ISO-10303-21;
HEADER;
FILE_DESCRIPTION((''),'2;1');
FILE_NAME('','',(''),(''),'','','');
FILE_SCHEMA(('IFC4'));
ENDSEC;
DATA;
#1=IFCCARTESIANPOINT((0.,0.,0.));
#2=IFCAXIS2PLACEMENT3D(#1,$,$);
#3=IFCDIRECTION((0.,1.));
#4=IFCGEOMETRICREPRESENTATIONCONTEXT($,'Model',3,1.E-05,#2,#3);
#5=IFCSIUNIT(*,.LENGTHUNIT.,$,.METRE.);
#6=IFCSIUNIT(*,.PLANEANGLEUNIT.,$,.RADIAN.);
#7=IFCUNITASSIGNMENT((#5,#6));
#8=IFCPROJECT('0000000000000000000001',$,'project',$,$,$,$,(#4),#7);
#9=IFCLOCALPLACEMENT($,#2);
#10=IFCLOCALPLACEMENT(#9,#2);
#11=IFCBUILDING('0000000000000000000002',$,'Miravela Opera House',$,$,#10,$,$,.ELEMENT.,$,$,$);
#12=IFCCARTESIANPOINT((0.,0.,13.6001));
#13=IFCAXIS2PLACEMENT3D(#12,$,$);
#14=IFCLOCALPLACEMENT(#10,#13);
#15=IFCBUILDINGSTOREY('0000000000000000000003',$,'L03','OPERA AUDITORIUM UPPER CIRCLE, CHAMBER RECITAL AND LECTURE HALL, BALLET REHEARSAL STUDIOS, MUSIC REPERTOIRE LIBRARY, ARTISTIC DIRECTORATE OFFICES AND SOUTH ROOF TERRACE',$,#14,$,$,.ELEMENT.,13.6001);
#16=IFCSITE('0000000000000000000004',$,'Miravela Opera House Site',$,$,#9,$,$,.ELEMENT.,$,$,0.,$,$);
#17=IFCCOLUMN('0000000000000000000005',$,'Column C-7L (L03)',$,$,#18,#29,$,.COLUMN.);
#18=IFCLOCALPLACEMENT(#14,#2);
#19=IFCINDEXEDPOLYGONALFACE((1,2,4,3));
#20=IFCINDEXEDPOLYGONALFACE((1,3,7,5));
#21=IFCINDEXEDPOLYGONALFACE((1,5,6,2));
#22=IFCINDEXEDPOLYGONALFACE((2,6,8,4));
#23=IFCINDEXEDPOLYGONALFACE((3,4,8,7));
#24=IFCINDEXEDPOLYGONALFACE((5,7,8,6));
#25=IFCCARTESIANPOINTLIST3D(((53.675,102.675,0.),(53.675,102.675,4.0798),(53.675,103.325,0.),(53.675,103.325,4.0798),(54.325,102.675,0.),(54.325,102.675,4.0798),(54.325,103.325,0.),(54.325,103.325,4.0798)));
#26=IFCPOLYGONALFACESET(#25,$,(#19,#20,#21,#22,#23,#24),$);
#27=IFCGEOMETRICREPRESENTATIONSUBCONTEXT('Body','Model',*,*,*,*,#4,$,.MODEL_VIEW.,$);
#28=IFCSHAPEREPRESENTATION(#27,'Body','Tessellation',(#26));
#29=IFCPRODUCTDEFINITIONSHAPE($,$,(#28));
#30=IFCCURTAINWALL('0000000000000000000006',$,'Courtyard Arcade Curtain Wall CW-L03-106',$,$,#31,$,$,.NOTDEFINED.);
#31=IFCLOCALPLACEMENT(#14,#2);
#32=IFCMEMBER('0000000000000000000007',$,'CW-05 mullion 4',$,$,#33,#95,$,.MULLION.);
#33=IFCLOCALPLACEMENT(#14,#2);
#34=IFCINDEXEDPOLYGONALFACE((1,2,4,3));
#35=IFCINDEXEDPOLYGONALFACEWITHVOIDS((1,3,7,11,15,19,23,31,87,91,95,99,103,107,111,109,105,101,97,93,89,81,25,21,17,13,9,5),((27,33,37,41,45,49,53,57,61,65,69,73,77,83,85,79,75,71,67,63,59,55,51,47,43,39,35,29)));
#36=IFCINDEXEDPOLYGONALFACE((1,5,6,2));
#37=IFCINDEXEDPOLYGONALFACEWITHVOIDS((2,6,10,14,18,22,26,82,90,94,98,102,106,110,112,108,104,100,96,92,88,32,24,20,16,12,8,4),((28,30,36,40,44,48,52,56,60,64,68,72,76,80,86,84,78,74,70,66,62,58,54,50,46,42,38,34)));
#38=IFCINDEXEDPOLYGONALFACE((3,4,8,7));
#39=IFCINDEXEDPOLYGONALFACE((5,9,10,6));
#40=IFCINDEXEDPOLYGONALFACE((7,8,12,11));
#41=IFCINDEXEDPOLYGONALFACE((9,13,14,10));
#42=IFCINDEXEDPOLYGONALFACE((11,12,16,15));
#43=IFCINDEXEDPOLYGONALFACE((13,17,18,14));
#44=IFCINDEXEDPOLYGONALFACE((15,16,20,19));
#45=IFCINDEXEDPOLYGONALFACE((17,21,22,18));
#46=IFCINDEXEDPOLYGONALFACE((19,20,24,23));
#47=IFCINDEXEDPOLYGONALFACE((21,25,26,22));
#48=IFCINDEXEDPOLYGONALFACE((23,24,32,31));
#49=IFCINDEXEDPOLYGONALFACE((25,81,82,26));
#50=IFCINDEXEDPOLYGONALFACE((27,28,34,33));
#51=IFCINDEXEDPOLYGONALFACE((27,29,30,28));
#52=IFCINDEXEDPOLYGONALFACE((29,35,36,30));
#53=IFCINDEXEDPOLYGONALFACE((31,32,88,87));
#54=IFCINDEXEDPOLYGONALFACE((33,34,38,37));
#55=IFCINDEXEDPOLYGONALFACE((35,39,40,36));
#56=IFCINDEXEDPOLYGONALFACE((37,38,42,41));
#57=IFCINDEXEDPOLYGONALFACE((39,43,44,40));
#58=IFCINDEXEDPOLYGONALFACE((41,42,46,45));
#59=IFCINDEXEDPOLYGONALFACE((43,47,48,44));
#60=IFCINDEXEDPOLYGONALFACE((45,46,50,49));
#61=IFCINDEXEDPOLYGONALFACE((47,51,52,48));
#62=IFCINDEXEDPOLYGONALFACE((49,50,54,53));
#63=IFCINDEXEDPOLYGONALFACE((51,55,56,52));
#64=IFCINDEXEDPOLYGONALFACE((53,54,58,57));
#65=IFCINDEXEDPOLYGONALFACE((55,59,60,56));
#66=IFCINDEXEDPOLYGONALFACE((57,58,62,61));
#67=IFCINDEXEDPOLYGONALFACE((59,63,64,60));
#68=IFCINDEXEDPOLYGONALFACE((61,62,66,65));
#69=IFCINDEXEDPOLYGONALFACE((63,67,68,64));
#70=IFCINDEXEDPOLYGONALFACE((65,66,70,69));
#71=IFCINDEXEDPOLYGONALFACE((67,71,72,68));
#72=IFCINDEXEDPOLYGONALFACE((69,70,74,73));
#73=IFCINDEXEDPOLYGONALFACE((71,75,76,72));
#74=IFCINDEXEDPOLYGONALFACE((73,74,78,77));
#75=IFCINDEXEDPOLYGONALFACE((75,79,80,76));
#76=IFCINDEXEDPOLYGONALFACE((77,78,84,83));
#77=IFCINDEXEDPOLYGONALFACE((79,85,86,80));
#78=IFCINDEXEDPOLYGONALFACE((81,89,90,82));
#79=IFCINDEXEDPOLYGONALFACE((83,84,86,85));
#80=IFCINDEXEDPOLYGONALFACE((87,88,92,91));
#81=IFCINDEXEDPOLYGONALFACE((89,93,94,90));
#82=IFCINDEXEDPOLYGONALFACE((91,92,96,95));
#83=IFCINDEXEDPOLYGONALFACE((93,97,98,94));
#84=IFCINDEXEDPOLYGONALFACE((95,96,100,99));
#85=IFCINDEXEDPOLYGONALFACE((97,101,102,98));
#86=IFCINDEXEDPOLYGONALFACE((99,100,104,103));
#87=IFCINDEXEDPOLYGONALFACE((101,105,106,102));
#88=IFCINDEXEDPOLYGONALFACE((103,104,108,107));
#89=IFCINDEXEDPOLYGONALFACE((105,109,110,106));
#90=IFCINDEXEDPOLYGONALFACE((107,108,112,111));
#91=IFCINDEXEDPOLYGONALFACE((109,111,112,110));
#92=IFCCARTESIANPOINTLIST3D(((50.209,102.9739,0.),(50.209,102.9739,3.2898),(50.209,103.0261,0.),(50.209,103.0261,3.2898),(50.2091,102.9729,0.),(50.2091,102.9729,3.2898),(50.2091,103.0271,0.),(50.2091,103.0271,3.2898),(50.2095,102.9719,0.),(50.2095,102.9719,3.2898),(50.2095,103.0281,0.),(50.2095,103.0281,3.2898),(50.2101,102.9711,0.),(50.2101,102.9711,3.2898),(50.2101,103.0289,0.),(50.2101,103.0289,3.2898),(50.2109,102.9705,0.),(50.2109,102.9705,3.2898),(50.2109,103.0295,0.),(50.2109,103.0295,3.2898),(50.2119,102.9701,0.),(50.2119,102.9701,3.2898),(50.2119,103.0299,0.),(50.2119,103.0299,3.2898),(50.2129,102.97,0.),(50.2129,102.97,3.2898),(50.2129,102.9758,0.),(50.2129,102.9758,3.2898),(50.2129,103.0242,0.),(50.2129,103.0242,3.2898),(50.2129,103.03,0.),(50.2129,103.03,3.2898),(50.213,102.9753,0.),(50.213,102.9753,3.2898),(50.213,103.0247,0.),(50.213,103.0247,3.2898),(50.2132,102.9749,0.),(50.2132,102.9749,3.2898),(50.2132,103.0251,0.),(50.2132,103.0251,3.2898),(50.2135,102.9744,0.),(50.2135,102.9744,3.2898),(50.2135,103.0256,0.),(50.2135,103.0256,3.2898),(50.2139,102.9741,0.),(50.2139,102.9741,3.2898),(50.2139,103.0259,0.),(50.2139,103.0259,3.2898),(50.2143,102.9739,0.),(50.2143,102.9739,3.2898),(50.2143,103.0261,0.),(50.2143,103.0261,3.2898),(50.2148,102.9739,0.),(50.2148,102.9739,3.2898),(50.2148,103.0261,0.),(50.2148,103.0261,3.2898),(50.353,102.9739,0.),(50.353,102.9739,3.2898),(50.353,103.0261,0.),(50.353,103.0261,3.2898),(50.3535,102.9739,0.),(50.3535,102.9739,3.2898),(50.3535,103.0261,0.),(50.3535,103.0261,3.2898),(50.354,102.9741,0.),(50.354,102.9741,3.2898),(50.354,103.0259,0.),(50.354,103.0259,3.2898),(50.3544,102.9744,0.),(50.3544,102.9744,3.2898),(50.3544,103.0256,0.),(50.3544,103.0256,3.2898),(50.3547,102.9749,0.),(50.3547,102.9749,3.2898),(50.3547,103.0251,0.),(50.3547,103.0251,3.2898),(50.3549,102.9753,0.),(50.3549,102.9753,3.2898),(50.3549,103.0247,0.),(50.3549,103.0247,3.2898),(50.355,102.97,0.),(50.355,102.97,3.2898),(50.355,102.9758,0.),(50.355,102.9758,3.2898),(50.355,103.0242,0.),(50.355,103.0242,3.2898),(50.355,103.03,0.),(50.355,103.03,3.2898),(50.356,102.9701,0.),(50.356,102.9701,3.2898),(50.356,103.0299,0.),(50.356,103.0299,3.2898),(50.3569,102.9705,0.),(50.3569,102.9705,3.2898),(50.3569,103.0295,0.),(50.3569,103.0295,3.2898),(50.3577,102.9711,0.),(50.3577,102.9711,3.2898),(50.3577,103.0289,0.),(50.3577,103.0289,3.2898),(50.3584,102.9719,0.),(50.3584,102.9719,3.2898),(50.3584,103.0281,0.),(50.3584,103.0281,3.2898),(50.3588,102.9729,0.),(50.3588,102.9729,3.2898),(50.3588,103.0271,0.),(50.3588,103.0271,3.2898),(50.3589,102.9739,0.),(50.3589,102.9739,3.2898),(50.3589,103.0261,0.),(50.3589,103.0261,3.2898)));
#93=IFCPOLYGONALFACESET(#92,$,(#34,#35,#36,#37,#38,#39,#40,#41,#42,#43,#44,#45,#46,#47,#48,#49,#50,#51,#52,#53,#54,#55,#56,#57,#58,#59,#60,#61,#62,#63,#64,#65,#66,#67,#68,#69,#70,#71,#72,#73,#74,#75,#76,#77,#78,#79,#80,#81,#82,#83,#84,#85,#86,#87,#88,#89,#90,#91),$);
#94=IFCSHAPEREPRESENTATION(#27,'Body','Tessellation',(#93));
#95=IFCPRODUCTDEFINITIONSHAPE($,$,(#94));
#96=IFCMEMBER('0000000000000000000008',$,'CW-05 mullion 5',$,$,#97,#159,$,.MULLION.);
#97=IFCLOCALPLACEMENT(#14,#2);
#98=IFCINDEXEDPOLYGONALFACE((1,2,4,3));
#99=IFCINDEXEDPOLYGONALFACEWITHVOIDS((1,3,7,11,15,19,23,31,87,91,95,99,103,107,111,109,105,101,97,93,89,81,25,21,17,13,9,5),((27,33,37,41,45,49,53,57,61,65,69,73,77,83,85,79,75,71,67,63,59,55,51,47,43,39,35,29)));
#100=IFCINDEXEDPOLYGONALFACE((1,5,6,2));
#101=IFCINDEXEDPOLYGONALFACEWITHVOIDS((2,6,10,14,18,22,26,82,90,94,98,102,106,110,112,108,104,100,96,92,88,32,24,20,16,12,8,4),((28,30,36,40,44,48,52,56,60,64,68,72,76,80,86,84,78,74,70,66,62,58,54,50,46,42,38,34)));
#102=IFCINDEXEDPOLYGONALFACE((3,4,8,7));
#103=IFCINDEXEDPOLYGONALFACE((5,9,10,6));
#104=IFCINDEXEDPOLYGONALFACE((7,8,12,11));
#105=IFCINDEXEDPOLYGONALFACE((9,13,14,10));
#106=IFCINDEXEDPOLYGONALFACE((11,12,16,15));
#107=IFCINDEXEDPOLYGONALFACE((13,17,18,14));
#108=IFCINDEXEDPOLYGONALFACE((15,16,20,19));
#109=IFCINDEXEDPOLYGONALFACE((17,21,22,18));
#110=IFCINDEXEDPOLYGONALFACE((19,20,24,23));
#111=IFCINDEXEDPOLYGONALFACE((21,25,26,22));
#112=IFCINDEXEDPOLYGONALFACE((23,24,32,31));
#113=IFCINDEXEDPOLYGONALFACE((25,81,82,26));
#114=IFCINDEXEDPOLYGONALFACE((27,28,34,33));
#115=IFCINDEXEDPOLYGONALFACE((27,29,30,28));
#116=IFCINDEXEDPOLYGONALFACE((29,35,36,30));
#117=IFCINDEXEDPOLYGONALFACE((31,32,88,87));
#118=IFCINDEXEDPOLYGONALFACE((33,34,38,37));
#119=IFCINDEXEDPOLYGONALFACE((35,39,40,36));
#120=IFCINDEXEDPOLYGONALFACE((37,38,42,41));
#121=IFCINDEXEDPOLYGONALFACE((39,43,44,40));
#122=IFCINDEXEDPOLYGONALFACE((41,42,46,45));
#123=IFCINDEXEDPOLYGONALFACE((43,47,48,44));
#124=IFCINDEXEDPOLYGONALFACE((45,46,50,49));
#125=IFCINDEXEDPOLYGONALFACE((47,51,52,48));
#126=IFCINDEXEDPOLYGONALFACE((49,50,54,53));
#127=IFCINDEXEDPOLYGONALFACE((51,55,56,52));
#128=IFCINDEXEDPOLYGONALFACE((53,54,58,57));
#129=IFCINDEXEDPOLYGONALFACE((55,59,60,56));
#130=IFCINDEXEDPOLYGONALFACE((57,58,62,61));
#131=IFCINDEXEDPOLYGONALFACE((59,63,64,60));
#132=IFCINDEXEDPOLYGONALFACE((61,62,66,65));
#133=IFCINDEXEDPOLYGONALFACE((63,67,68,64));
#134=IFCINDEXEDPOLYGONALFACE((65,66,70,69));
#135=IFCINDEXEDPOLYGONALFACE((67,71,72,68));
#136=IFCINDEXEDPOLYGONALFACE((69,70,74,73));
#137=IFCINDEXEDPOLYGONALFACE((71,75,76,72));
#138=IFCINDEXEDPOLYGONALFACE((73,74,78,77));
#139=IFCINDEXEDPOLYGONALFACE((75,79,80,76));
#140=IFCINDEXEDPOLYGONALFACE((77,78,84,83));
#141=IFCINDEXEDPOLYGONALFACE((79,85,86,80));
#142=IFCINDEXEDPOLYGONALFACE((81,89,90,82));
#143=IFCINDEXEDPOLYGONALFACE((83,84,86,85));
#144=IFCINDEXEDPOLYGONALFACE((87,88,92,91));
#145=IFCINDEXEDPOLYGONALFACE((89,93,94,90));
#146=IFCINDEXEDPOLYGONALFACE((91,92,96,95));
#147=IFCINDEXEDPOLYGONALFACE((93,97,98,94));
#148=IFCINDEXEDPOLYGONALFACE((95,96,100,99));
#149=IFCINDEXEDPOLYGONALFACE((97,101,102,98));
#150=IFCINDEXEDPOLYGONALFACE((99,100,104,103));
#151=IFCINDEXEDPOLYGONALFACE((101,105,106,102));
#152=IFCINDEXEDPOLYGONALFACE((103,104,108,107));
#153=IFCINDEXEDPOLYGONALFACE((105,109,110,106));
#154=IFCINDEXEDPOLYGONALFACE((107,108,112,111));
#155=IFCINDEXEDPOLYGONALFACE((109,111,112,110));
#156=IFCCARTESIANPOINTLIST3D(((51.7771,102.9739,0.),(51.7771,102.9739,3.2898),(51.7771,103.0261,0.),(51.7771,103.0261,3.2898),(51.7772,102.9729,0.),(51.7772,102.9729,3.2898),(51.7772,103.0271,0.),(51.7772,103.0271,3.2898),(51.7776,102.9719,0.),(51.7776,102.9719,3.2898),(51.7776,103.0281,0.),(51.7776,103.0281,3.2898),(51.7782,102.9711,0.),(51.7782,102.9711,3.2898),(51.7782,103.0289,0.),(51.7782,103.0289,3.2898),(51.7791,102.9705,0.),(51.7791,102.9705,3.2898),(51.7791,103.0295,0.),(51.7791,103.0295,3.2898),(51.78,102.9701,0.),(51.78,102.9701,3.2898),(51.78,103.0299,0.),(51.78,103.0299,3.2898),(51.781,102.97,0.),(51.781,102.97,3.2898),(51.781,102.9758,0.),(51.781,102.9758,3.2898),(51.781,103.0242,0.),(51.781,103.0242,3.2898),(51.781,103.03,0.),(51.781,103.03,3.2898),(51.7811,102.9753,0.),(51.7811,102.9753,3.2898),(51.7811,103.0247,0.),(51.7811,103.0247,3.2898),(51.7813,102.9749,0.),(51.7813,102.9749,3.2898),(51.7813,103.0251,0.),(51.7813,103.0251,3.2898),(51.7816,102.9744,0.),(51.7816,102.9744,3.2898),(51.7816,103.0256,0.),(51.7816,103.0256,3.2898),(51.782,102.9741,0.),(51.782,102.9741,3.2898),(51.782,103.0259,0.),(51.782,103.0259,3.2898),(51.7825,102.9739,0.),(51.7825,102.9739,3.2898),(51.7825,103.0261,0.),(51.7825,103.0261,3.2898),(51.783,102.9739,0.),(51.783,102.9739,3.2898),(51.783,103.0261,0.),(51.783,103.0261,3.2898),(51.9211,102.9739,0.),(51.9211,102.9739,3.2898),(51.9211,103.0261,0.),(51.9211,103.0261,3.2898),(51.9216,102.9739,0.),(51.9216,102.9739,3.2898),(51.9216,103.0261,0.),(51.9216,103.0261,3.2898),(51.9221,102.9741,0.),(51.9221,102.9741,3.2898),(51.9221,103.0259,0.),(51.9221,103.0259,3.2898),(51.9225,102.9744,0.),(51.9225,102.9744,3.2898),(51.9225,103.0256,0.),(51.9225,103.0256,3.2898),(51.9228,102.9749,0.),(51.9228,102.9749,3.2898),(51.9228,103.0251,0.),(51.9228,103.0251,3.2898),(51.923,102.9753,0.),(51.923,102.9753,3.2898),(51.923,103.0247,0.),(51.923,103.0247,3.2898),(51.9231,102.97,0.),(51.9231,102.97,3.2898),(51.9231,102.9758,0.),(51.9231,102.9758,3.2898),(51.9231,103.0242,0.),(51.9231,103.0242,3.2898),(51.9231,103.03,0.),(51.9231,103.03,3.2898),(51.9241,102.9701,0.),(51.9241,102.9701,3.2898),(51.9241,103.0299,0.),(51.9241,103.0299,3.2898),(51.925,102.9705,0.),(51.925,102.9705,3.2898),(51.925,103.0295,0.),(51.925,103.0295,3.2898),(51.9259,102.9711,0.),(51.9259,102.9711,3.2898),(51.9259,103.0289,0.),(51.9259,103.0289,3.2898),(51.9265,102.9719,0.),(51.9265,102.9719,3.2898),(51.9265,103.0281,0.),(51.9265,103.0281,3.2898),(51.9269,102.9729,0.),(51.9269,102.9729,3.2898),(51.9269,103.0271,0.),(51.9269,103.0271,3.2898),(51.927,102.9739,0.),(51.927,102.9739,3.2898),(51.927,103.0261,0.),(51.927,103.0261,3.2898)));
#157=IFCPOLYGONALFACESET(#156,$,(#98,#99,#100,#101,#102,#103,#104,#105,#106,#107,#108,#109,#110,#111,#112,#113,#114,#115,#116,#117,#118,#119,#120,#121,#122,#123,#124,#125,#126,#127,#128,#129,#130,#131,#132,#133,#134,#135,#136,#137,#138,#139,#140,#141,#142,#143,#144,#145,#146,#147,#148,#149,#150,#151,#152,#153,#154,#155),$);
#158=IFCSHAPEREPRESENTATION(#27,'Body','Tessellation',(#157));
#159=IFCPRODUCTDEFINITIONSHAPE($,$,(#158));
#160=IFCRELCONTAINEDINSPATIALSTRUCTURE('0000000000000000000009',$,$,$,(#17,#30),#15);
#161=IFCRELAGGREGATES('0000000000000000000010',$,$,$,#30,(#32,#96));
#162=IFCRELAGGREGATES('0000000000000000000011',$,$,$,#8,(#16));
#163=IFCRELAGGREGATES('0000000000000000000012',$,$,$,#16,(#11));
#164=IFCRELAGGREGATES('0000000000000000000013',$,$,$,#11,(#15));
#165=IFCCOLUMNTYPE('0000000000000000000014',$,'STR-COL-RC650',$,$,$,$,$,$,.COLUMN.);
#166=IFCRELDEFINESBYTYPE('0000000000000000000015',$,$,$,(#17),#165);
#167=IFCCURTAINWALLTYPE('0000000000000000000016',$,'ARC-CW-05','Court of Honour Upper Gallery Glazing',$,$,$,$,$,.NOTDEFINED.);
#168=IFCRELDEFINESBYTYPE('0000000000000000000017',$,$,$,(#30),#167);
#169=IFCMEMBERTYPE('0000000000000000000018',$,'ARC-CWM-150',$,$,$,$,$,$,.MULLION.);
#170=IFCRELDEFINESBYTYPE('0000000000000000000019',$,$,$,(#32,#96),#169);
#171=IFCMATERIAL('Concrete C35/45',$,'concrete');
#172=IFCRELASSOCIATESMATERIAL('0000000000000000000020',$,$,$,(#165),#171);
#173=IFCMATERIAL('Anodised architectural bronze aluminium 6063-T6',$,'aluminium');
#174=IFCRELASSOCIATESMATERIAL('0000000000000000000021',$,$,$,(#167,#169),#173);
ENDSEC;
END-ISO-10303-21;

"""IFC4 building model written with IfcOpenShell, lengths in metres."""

from ifc_helpers import new_model, si_unit, direction, frame, origin, origin_2d, place, context, subcontext, project, spatial, rectangle, hollow_rectangle, extrude, material, material_profile, profile_set, type_object, element, aggregate, save


model = new_model("IFC4")

# Units and contexts
model_context = context("Model", 3, precision=1e-05, world=origin(), true_north=direction((0.0, 1.0)))
body_context = subcontext(model_context, "Body", "Model", "MODEL_VIEW")
ifc_project = project(units=[si_unit("LENGTHUNIT", "METRE"), si_unit("PLANEANGLEUNIT", "RADIAN")], contexts=[model_context])

# Site, building, storey
site_placement = place(None, origin())
site = spatial("IfcSite", under=ifc_project, at=site_placement, Name="Miravela Opera House Site", CompositionType="ELEMENT", RefElevation=0.0)
building_placement = place(site_placement, origin())
building = spatial("IfcBuilding", under=site, at=building_placement, Name="Miravela Opera House", CompositionType="ELEMENT")
storey_placement = place(building_placement, frame((0.0, 0.0, 13.6001)))
storey = spatial("IfcBuildingStorey", under=building, at=storey_placement, Name="L03", Description="OPERA AUDITORIUM UPPER CIRCLE, CHAMBER RECITAL AND LECTURE HALL, BALLET REHEARSAL STUDIOS, MUSIC REPERTOIRE LIBRARY, ARTISTIC DIRECTORATE OFFICES AND SOUTH ROOF TERRACE", CompositionType="ELEMENT", Elevation=13.6001)

# Column
ifc_material_1 = material(Name="Concrete C35/45", Category="concrete")
ifc_material_profile_1 = material_profile(ifc_material_1, rectangle(XDim=0.6499, YDim=0.6499, at=origin_2d()), Name="RC-COL-650X650")
ifc_profile_set_1 = profile_set([ifc_material_profile_1])
column_type = type_object("IfcColumnType", Name="STR-COL-RC650", PredefinedType="COLUMN", material=ifc_profile_set_1)
column_placement = place(storey_placement, frame((54.0, 103.0, 0.0), z_axis=(0.0, 0.0, 1.0), x_axis=(1.0, 0.0, 0.0)))
element("IfcColumn", 1, at=column_placement, inside=storey, type_object=column_type, Name="Column C-7L (L03)", PredefinedType="COLUMN", context=body_context, shape_type="SweptSolid", body=[
    extrude(rectangle(XDim=0.6499, YDim=0.6499, at=origin_2d()), origin(), (0.0, 0.0, 1.0), 4.0798),
])

# Curtain wall, members
ifc_material_2 = material(Name="Anodised architectural bronze aluminium 6063-T6", Category="aluminium")
curtain_wall_type = type_object("IfcCurtainWallType", Name="ARC-CW-05", Description="Court of Honour Upper Gallery Glazing", PredefinedType="NOTDEFINED", material=ifc_material_2)
curtain_wall_1_placement = place(storey_placement, origin())
curtain_wall_1 = element("IfcCurtainWall", 2, at=curtain_wall_1_placement, inside=storey, type_object=curtain_wall_type, Name="Courtyard Arcade Curtain Wall CW-L03-106", PredefinedType="NOTDEFINED")
ifc_material_profile_2 = material_profile(ifc_material_2, hollow_rectangle(XDim=0.0601, YDim=0.1499, WallThickness=0.0039, InnerFilletRadius=0.002, OuterFilletRadius=0.0039, at=origin_2d()), Name="CWM-60X150")
ifc_profile_set_2 = profile_set([ifc_material_profile_2])
member_type_1 = type_object("IfcMemberType", Name="ARC-CWM-150", PredefinedType="MULLION", material=ifc_profile_set_2)
member_1_placement = place(storey_placement, frame((50.2839, 103.0, 0.0), z_axis=(0.0, 0.0, 1.0), x_axis=(0.0, 1.0, 0.0)))
member_1 = element("IfcMember", 3, at=member_1_placement, type_object=member_type_1, Name="CW-05 mullion 4", PredefinedType="MULLION", context=body_context, shape_type="SweptSolid", body=[
    extrude(hollow_rectangle(XDim=0.0601, YDim=0.1499, WallThickness=0.0039, InnerFilletRadius=0.002, OuterFilletRadius=0.0039, at=origin_2d()), origin(), (0.0, 0.0, 1.0), 3.2898),
])
member_2_placement = place(storey_placement, frame((51.8521, 103.0, 0.0), z_axis=(0.0, 0.0, 1.0), x_axis=(0.0, 1.0, 0.0)))
member_2 = element("IfcMember", 4, at=member_2_placement, type_object=member_type_1, Name="CW-05 mullion 5", PredefinedType="MULLION", context=body_context, shape_type="SweptSolid", body=[
    extrude(hollow_rectangle(XDim=0.0601, YDim=0.1499, WallThickness=0.0039, InnerFilletRadius=0.002, OuterFilletRadius=0.0039, at=origin_2d()), origin(), (0.0, 0.0, 1.0), 3.2898),
])

aggregate(curtain_wall_1, [member_1, member_2])

save(model, "model.ifc")
